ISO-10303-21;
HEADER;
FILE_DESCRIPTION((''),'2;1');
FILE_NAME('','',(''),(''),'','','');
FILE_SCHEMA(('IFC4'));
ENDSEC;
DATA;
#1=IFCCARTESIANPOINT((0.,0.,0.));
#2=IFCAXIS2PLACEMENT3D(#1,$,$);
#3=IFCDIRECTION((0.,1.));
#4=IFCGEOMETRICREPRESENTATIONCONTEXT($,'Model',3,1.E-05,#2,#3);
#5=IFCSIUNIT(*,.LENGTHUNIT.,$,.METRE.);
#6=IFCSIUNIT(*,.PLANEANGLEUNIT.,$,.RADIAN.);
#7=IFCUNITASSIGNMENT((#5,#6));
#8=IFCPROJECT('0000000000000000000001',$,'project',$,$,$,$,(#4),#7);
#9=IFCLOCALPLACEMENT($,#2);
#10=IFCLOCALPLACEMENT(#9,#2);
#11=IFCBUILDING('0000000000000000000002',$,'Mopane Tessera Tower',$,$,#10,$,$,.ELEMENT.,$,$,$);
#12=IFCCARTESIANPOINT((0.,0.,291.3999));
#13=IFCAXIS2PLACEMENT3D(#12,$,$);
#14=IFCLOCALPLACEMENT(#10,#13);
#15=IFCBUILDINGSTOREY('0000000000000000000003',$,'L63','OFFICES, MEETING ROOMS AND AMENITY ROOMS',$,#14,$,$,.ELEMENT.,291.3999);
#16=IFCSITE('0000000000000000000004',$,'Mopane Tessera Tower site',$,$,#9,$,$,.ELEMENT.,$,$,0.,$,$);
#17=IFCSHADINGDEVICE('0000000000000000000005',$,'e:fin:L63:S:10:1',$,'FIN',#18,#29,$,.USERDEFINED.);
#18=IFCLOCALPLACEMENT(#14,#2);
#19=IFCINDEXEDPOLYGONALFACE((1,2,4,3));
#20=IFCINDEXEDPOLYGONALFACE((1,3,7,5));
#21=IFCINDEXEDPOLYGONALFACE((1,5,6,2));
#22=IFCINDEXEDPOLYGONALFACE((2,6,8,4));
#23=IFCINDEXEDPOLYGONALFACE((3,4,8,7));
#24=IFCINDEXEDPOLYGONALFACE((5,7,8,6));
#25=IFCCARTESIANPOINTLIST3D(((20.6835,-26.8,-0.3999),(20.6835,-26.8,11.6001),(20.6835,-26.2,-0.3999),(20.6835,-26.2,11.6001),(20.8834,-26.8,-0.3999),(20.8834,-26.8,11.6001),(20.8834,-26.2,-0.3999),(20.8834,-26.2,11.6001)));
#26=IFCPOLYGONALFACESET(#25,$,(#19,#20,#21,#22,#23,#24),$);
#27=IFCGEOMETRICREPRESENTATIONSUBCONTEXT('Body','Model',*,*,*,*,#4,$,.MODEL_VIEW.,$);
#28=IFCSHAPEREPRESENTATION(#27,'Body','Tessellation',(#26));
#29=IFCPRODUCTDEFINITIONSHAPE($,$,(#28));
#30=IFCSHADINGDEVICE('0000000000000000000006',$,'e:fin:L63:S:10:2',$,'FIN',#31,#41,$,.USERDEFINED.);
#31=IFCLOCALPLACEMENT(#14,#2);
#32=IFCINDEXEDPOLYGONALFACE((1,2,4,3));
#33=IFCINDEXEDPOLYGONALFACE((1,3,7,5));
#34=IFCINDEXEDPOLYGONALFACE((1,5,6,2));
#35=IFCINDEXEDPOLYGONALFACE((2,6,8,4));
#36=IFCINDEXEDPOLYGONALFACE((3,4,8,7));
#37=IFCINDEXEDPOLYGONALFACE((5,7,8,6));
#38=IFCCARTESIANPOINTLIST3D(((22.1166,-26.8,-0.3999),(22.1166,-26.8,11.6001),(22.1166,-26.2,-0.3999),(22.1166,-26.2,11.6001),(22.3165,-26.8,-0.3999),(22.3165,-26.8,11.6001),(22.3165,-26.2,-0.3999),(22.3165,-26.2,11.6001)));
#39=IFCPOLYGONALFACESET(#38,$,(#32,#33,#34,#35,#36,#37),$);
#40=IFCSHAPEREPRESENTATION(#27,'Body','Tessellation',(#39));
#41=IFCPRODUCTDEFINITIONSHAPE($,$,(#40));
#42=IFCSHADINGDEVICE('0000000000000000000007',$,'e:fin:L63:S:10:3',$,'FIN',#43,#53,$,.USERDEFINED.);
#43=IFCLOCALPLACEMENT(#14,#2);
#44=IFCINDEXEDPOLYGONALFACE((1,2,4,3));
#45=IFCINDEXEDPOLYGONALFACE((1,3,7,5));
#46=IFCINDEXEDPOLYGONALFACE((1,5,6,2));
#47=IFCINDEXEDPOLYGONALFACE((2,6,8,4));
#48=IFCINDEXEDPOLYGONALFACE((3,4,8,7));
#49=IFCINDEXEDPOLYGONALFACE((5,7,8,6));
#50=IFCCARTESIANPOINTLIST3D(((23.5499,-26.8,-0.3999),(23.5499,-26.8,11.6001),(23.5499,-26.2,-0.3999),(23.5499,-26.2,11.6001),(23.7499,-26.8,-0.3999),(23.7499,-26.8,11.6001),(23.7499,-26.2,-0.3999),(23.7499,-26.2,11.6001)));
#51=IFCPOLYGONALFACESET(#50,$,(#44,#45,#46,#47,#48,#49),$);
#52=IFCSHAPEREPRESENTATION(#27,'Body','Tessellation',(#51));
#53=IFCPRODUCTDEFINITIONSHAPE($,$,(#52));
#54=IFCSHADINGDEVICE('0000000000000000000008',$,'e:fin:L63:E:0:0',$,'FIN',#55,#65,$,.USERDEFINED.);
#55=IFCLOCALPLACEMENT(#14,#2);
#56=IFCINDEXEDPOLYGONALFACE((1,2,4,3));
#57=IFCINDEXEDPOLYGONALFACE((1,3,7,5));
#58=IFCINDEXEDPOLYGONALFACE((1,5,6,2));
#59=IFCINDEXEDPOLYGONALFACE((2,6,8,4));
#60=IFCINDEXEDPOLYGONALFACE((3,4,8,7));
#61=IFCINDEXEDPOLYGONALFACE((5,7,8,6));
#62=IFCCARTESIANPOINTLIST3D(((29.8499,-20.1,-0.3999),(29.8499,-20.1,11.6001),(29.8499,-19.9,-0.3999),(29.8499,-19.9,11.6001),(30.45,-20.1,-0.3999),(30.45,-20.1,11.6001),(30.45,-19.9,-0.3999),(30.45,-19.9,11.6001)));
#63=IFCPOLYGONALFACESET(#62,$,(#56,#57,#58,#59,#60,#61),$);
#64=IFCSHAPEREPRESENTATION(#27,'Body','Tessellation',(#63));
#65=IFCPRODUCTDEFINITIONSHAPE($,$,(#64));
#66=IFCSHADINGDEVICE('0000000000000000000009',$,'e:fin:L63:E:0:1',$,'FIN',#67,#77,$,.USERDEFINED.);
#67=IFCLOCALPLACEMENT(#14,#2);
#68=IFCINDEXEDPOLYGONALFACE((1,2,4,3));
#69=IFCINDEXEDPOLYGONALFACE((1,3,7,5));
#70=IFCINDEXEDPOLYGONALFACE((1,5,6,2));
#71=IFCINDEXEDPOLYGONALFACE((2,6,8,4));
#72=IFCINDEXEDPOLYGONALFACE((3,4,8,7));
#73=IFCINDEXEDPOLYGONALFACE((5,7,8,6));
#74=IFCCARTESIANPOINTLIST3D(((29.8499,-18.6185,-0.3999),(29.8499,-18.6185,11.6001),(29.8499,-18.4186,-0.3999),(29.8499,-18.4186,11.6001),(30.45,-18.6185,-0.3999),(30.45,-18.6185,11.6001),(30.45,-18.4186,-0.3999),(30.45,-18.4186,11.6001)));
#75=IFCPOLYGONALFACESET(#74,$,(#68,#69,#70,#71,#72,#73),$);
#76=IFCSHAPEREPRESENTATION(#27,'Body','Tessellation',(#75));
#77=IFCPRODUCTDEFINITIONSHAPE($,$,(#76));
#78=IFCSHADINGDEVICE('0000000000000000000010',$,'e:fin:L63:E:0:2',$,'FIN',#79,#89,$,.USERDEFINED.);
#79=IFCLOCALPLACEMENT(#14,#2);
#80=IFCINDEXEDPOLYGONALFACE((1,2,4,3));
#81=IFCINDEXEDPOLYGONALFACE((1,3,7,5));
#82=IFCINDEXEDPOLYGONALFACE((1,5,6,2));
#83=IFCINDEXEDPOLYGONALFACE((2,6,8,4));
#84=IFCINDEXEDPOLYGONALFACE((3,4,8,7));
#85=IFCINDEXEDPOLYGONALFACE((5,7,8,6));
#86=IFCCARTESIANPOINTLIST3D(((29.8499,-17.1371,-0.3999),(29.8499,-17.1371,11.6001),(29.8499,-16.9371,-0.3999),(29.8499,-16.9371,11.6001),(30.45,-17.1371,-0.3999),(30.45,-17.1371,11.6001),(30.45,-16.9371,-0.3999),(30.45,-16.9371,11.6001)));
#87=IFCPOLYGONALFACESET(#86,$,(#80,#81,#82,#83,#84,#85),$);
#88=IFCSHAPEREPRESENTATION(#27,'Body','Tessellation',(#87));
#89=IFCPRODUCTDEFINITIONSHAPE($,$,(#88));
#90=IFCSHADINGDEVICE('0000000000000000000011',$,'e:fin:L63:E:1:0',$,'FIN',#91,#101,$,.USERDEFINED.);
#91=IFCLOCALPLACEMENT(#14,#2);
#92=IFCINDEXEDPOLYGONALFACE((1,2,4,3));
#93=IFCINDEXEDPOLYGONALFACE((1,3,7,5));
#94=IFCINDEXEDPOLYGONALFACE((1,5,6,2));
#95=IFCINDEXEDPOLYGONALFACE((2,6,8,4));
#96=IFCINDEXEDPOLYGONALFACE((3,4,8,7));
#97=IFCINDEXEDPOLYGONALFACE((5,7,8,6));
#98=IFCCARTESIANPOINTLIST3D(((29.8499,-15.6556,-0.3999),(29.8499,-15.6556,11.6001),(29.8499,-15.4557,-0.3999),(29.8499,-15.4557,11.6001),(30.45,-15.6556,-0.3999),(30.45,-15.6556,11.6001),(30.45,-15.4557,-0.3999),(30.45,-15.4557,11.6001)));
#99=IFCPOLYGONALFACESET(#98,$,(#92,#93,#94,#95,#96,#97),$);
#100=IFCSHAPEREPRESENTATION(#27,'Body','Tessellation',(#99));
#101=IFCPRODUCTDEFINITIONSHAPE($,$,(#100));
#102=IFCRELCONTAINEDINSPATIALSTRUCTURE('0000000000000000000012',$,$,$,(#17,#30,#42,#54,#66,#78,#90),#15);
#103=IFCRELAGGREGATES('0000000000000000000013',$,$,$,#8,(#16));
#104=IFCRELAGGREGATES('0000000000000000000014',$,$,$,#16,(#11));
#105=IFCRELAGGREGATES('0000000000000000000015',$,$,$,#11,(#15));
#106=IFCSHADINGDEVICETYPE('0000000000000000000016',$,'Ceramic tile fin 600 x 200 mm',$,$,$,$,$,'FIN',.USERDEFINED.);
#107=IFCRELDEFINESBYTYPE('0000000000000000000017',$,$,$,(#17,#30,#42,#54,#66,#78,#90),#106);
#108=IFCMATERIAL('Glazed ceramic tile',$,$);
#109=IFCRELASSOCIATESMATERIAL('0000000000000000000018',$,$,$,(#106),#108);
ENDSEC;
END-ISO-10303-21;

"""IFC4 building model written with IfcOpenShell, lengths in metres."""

from ifc_helpers import new_model, si_unit, direction, frame, origin, origin_2d, place, context, subcontext, project, spatial, rectangle, extrude, material, type_object, element, save


model = new_model("IFC4")

# Units and contexts
model_context = context("Model", 3, precision=1e-05, world=origin(), true_north=direction((0.0, 1.0)))
body_context = subcontext(model_context, "Body", "Model", "MODEL_VIEW")
ifc_project = project(units=[si_unit("LENGTHUNIT", "METRE"), si_unit("PLANEANGLEUNIT", "RADIAN")], contexts=[model_context])

# Site, building, storey
site_placement = place(None, origin())
site = spatial("IfcSite", under=ifc_project, at=site_placement, Name="Mopane Tessera Tower site", CompositionType="ELEMENT", RefElevation=0.0)
building_placement = place(site_placement, origin())
building = spatial("IfcBuilding", under=site, at=building_placement, Name="Mopane Tessera Tower", CompositionType="ELEMENT")
storey_placement = place(building_placement, frame((0.0, 0.0, 291.3999)))
storey = spatial("IfcBuildingStorey", under=building, at=storey_placement, Name="L63", Description="OFFICES, MEETING ROOMS AND AMENITY ROOMS", CompositionType="ELEMENT", Elevation=291.3999)

# Shading devices
ifc_material_1 = material(Name="Glazed ceramic tile")
shading_device_type = type_object("IfcShadingDeviceType", Name="Ceramic tile fin 600 x 200 mm", ElementType="FIN", PredefinedType="USERDEFINED", material=ifc_material_1)
for number, where, z_axis, x_axis, name in (
    (1, (20.7834, -26.5, -0.3999), (0.0, 0.0, 1.0), (1.0, 0.0, 0.0), "e:fin:L63:S:10:1"),
    (2, (22.2166, -26.5, -0.3999), (0.0, 0.0, 1.0), (1.0, 0.0, 0.0), "e:fin:L63:S:10:2"),
    (3, (23.6499, -26.5, -0.3999), (0.0, 0.0, 1.0), (1.0, 0.0, 0.0), "e:fin:L63:S:10:3"),
    (4, (30.1499, -20.0, -0.3999), (0.0, 0.0, 1.0), (0.0, 1.0, 0.0), "e:fin:L63:E:0:0"),
    (5, (30.1499, -18.5186, -0.3999), (0.0, 0.0, 1.0), (0.0, 1.0, 0.0), "e:fin:L63:E:0:1"),
    (6, (30.1499, -17.0371, -0.3999), (0.0, 0.0, 1.0), (0.0, 1.0, 0.0), "e:fin:L63:E:0:2"),
    (7, (30.1499, -15.5557, -0.3999), (0.0, 0.0, 1.0), (0.0, 1.0, 0.0), "e:fin:L63:E:1:0"),
):
    element("IfcShadingDevice", number, at=place(storey_placement, frame(where, z_axis=z_axis, x_axis=x_axis)), inside=storey, type_object=shading_device_type, Name=name, ObjectType="FIN", PredefinedType="USERDEFINED", context=body_context, shape_type="SweptSolid", body=[
        extrude(rectangle(XDim=0.2, YDim=0.6001, at=origin_2d()), origin(), (0.0, 0.0, 1.0), 12.0),
    ])

save(model, "model.ifc")
